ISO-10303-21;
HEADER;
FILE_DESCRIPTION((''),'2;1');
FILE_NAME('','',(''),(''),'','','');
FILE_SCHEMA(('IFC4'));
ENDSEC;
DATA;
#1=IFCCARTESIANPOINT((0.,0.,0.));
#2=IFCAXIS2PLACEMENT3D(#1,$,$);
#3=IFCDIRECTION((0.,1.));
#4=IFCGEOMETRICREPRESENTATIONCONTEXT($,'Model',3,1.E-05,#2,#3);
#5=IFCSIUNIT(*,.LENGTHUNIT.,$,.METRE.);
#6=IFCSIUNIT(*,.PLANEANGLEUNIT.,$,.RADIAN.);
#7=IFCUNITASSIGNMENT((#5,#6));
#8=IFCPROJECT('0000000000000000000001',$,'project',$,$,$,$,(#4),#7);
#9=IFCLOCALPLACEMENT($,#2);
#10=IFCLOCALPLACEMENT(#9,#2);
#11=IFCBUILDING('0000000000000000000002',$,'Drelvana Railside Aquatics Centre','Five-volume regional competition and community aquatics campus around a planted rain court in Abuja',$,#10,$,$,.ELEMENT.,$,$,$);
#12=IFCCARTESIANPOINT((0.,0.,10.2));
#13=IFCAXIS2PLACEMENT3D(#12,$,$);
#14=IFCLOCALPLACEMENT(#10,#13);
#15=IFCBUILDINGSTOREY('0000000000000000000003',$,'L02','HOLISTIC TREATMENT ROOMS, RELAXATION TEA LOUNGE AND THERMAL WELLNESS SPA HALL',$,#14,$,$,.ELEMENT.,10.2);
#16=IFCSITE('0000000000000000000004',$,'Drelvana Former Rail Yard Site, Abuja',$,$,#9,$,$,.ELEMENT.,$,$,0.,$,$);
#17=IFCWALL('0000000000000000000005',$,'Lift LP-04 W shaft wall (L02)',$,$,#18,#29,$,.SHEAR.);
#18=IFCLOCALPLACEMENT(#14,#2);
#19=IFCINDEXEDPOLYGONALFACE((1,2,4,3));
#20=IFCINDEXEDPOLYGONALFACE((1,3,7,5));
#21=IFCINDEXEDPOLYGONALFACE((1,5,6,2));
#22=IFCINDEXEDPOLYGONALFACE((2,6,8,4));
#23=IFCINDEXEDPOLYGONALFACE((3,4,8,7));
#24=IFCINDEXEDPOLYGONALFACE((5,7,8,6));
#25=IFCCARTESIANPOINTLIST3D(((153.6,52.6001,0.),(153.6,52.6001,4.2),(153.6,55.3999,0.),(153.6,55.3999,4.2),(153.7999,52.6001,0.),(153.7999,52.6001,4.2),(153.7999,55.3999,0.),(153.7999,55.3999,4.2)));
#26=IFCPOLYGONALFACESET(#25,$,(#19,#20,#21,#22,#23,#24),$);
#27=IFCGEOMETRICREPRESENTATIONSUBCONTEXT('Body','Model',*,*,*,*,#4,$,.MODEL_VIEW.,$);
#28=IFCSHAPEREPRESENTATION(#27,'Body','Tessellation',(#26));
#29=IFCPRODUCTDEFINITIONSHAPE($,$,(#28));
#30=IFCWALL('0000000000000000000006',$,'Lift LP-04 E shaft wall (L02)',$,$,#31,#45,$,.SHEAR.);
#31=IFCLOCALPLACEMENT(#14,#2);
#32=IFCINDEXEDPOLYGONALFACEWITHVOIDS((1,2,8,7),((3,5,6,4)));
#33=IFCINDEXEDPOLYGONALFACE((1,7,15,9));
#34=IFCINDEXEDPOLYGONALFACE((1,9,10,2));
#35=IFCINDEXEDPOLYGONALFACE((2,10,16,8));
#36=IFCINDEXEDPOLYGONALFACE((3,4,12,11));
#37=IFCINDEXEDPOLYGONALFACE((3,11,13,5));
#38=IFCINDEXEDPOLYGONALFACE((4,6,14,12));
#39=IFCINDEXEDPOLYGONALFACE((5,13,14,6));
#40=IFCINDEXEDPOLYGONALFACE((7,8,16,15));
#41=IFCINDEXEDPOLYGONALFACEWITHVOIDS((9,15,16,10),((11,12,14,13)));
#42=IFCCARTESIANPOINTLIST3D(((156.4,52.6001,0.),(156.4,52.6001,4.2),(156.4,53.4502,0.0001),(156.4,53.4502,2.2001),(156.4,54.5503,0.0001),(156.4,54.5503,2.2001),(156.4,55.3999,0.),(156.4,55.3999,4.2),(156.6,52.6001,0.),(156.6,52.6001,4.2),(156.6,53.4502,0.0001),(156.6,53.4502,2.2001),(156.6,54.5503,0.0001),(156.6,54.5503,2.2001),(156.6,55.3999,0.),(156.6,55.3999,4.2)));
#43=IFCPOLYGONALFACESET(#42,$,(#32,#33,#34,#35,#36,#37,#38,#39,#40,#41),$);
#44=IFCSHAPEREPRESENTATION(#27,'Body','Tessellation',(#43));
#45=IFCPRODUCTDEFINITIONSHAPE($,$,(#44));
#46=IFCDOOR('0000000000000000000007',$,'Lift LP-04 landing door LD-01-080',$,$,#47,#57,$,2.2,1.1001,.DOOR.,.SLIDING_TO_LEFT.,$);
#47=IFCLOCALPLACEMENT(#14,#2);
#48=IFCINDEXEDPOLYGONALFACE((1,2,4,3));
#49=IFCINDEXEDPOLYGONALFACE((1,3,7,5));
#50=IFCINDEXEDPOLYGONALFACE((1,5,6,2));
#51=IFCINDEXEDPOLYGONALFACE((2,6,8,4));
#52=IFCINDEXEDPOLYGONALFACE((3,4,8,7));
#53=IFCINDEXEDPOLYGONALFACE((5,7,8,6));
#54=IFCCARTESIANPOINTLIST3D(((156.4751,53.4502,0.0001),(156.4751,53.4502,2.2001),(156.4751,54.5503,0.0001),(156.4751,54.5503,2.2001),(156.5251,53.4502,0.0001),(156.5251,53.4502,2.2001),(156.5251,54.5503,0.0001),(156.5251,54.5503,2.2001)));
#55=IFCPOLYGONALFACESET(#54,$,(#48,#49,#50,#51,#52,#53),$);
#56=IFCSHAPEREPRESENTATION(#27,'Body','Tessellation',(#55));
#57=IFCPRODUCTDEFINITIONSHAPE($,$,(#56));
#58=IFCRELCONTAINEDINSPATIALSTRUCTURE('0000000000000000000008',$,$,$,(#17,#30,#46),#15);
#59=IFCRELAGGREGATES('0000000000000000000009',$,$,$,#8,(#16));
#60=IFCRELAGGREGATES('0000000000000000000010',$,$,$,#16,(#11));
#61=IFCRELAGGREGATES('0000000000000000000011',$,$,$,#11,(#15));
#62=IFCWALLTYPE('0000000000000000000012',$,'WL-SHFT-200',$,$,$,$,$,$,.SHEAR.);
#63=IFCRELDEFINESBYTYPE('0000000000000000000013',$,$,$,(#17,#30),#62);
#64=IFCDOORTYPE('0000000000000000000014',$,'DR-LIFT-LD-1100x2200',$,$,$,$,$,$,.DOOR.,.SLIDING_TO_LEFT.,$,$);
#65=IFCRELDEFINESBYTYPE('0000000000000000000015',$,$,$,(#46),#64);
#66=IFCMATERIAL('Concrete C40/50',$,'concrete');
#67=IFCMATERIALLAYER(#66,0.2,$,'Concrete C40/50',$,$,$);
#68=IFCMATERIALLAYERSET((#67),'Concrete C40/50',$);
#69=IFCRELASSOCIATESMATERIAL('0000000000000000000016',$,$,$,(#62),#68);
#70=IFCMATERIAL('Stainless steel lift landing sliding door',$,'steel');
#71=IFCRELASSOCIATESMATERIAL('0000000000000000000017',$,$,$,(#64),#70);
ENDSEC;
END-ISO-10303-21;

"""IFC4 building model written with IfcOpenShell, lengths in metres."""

from ifc_helpers import new_model, si_unit, direction, frame, frame_2d, origin, place, context, subcontext, project, spatial, rectangle, extrude, material, layer, layer_set, type_object, element, fill, save


model = new_model("IFC4")

# Units and contexts
model_context = context("Model", 3, precision=1e-05, world=origin(), true_north=direction((0.0, 1.0)))
body_context = subcontext(model_context, "Body", "Model", "MODEL_VIEW")
ifc_project = project(units=[si_unit("LENGTHUNIT", "METRE"), si_unit("PLANEANGLEUNIT", "RADIAN")], contexts=[model_context])

# Site, building, storey
site_placement = place(None, origin())
site = spatial("IfcSite", under=ifc_project, at=site_placement, Name="Drelvana Former Rail Yard Site, Abuja", CompositionType="ELEMENT", RefElevation=0.0)
building_placement = place(site_placement, origin())
building = spatial("IfcBuilding", under=site, at=building_placement, Name="Drelvana Railside Aquatics Centre", Description="Five-volume regional competition and community aquatics campus around a planted rain court in Abuja", CompositionType="ELEMENT")
storey_placement = place(building_placement, frame((0.0, 0.0, 10.2)))
storey = spatial("IfcBuildingStorey", under=building, at=storey_placement, Name="L02", Description="HOLISTIC TREATMENT ROOMS, RELAXATION TEA LOUNGE AND THERMAL WELLNESS SPA HALL", CompositionType="ELEMENT", Elevation=10.2)

# Shared definitions
ifc_material_1 = material(Name="Concrete C40/50", Category="concrete")

# Shared definitions
ifc_layer_1 = layer(ifc_material_1, 0.2, Name="Concrete C40/50")
ifc_layer_set_1 = layer_set([ifc_layer_1], Name="Concrete C40/50")
wall_type_1 = type_object("IfcWallType", Name="WL-SHFT-200", PredefinedType="SHEAR", material=ifc_layer_set_1)

# Wall
wall_1_placement = place(storey_placement, frame((153.7, 52.6001, 0.0), z_axis=(0.0, 0.0, 1.0), x_axis=(0.0, 1.0, 0.0)))
element("IfcWall", 1, at=wall_1_placement, inside=storey, type_object=wall_type_1, Name="Lift LP-04 W shaft wall (L02)", PredefinedType="SHEAR", context=body_context, shape_type="SweptSolid", body=[
    extrude(rectangle(XDim=2.7998, YDim=0.2, at=frame_2d((1.3999, 0.0))), origin(), (0.0, 0.0, 1.0), 4.2),
])

# Wall, opening, door
wall_2_placement = place(storey_placement, frame((156.5, 52.6001, 0.0), z_axis=(0.0, 0.0, 1.0), x_axis=(0.0, 1.0, 0.0)))
wall_2 = element("IfcWall", 2, at=wall_2_placement, inside=storey, type_object=wall_type_1, Name="Lift LP-04 E shaft wall (L02)", PredefinedType="SHEAR", context=body_context, shape_type="SweptSolid", body=[
    extrude(rectangle(XDim=2.7998, YDim=0.2, at=frame_2d((1.3999, 0.0))), origin(), (0.0, 0.0, 1.0), 4.2),
])
opening_1_placement = place(wall_2_placement, frame((0.8501, 0.0, 0.0)))
opening_1 = element("IfcOpeningElement", 3, at=opening_1_placement, cuts=wall_2, PredefinedType="OPENING", context=body_context, shape_type="SweptSolid", body=[
    extrude(rectangle(XDim=1.1001, YDim=2.2, at=frame_2d((0.55, 1.1001))), frame((0.0, 0.1099, 0.0), z_axis=(0.0, -1.0, 0.0), x_axis=(1.0, 0.0, 0.0)), (0.0, 0.0, 1.0), 0.22),
])
ifc_material_2 = material(Name="Stainless steel lift landing sliding door", Category="steel")
door_type_1 = type_object("IfcDoorType", Name="DR-LIFT-LD-1100x2200", OperationType="SLIDING_TO_LEFT", PredefinedType="DOOR", material=ifc_material_2)
door_1_placement = place(opening_1_placement, origin())
door_1 = element("IfcDoor", 4, at=door_1_placement, inside=storey, type_object=door_type_1, Name="Lift LP-04 landing door LD-01-080", OperationType="SLIDING_TO_LEFT", OverallHeight=2.2, OverallWidth=1.1001, PredefinedType="DOOR", context=body_context, shape_type="SweptSolid", body=[
    extrude(rectangle(XDim=1.1001, YDim=2.2, at=frame_2d((0.55, 1.1001))), frame((0.0, 0.0249, 0.0), z_axis=(0.0, -1.0, 0.0), x_axis=(1.0, 0.0, 0.0)), (0.0, 0.0, 1.0), 0.05),
])
fill(opening_1, door_1)

save(model, "model.ifc")
